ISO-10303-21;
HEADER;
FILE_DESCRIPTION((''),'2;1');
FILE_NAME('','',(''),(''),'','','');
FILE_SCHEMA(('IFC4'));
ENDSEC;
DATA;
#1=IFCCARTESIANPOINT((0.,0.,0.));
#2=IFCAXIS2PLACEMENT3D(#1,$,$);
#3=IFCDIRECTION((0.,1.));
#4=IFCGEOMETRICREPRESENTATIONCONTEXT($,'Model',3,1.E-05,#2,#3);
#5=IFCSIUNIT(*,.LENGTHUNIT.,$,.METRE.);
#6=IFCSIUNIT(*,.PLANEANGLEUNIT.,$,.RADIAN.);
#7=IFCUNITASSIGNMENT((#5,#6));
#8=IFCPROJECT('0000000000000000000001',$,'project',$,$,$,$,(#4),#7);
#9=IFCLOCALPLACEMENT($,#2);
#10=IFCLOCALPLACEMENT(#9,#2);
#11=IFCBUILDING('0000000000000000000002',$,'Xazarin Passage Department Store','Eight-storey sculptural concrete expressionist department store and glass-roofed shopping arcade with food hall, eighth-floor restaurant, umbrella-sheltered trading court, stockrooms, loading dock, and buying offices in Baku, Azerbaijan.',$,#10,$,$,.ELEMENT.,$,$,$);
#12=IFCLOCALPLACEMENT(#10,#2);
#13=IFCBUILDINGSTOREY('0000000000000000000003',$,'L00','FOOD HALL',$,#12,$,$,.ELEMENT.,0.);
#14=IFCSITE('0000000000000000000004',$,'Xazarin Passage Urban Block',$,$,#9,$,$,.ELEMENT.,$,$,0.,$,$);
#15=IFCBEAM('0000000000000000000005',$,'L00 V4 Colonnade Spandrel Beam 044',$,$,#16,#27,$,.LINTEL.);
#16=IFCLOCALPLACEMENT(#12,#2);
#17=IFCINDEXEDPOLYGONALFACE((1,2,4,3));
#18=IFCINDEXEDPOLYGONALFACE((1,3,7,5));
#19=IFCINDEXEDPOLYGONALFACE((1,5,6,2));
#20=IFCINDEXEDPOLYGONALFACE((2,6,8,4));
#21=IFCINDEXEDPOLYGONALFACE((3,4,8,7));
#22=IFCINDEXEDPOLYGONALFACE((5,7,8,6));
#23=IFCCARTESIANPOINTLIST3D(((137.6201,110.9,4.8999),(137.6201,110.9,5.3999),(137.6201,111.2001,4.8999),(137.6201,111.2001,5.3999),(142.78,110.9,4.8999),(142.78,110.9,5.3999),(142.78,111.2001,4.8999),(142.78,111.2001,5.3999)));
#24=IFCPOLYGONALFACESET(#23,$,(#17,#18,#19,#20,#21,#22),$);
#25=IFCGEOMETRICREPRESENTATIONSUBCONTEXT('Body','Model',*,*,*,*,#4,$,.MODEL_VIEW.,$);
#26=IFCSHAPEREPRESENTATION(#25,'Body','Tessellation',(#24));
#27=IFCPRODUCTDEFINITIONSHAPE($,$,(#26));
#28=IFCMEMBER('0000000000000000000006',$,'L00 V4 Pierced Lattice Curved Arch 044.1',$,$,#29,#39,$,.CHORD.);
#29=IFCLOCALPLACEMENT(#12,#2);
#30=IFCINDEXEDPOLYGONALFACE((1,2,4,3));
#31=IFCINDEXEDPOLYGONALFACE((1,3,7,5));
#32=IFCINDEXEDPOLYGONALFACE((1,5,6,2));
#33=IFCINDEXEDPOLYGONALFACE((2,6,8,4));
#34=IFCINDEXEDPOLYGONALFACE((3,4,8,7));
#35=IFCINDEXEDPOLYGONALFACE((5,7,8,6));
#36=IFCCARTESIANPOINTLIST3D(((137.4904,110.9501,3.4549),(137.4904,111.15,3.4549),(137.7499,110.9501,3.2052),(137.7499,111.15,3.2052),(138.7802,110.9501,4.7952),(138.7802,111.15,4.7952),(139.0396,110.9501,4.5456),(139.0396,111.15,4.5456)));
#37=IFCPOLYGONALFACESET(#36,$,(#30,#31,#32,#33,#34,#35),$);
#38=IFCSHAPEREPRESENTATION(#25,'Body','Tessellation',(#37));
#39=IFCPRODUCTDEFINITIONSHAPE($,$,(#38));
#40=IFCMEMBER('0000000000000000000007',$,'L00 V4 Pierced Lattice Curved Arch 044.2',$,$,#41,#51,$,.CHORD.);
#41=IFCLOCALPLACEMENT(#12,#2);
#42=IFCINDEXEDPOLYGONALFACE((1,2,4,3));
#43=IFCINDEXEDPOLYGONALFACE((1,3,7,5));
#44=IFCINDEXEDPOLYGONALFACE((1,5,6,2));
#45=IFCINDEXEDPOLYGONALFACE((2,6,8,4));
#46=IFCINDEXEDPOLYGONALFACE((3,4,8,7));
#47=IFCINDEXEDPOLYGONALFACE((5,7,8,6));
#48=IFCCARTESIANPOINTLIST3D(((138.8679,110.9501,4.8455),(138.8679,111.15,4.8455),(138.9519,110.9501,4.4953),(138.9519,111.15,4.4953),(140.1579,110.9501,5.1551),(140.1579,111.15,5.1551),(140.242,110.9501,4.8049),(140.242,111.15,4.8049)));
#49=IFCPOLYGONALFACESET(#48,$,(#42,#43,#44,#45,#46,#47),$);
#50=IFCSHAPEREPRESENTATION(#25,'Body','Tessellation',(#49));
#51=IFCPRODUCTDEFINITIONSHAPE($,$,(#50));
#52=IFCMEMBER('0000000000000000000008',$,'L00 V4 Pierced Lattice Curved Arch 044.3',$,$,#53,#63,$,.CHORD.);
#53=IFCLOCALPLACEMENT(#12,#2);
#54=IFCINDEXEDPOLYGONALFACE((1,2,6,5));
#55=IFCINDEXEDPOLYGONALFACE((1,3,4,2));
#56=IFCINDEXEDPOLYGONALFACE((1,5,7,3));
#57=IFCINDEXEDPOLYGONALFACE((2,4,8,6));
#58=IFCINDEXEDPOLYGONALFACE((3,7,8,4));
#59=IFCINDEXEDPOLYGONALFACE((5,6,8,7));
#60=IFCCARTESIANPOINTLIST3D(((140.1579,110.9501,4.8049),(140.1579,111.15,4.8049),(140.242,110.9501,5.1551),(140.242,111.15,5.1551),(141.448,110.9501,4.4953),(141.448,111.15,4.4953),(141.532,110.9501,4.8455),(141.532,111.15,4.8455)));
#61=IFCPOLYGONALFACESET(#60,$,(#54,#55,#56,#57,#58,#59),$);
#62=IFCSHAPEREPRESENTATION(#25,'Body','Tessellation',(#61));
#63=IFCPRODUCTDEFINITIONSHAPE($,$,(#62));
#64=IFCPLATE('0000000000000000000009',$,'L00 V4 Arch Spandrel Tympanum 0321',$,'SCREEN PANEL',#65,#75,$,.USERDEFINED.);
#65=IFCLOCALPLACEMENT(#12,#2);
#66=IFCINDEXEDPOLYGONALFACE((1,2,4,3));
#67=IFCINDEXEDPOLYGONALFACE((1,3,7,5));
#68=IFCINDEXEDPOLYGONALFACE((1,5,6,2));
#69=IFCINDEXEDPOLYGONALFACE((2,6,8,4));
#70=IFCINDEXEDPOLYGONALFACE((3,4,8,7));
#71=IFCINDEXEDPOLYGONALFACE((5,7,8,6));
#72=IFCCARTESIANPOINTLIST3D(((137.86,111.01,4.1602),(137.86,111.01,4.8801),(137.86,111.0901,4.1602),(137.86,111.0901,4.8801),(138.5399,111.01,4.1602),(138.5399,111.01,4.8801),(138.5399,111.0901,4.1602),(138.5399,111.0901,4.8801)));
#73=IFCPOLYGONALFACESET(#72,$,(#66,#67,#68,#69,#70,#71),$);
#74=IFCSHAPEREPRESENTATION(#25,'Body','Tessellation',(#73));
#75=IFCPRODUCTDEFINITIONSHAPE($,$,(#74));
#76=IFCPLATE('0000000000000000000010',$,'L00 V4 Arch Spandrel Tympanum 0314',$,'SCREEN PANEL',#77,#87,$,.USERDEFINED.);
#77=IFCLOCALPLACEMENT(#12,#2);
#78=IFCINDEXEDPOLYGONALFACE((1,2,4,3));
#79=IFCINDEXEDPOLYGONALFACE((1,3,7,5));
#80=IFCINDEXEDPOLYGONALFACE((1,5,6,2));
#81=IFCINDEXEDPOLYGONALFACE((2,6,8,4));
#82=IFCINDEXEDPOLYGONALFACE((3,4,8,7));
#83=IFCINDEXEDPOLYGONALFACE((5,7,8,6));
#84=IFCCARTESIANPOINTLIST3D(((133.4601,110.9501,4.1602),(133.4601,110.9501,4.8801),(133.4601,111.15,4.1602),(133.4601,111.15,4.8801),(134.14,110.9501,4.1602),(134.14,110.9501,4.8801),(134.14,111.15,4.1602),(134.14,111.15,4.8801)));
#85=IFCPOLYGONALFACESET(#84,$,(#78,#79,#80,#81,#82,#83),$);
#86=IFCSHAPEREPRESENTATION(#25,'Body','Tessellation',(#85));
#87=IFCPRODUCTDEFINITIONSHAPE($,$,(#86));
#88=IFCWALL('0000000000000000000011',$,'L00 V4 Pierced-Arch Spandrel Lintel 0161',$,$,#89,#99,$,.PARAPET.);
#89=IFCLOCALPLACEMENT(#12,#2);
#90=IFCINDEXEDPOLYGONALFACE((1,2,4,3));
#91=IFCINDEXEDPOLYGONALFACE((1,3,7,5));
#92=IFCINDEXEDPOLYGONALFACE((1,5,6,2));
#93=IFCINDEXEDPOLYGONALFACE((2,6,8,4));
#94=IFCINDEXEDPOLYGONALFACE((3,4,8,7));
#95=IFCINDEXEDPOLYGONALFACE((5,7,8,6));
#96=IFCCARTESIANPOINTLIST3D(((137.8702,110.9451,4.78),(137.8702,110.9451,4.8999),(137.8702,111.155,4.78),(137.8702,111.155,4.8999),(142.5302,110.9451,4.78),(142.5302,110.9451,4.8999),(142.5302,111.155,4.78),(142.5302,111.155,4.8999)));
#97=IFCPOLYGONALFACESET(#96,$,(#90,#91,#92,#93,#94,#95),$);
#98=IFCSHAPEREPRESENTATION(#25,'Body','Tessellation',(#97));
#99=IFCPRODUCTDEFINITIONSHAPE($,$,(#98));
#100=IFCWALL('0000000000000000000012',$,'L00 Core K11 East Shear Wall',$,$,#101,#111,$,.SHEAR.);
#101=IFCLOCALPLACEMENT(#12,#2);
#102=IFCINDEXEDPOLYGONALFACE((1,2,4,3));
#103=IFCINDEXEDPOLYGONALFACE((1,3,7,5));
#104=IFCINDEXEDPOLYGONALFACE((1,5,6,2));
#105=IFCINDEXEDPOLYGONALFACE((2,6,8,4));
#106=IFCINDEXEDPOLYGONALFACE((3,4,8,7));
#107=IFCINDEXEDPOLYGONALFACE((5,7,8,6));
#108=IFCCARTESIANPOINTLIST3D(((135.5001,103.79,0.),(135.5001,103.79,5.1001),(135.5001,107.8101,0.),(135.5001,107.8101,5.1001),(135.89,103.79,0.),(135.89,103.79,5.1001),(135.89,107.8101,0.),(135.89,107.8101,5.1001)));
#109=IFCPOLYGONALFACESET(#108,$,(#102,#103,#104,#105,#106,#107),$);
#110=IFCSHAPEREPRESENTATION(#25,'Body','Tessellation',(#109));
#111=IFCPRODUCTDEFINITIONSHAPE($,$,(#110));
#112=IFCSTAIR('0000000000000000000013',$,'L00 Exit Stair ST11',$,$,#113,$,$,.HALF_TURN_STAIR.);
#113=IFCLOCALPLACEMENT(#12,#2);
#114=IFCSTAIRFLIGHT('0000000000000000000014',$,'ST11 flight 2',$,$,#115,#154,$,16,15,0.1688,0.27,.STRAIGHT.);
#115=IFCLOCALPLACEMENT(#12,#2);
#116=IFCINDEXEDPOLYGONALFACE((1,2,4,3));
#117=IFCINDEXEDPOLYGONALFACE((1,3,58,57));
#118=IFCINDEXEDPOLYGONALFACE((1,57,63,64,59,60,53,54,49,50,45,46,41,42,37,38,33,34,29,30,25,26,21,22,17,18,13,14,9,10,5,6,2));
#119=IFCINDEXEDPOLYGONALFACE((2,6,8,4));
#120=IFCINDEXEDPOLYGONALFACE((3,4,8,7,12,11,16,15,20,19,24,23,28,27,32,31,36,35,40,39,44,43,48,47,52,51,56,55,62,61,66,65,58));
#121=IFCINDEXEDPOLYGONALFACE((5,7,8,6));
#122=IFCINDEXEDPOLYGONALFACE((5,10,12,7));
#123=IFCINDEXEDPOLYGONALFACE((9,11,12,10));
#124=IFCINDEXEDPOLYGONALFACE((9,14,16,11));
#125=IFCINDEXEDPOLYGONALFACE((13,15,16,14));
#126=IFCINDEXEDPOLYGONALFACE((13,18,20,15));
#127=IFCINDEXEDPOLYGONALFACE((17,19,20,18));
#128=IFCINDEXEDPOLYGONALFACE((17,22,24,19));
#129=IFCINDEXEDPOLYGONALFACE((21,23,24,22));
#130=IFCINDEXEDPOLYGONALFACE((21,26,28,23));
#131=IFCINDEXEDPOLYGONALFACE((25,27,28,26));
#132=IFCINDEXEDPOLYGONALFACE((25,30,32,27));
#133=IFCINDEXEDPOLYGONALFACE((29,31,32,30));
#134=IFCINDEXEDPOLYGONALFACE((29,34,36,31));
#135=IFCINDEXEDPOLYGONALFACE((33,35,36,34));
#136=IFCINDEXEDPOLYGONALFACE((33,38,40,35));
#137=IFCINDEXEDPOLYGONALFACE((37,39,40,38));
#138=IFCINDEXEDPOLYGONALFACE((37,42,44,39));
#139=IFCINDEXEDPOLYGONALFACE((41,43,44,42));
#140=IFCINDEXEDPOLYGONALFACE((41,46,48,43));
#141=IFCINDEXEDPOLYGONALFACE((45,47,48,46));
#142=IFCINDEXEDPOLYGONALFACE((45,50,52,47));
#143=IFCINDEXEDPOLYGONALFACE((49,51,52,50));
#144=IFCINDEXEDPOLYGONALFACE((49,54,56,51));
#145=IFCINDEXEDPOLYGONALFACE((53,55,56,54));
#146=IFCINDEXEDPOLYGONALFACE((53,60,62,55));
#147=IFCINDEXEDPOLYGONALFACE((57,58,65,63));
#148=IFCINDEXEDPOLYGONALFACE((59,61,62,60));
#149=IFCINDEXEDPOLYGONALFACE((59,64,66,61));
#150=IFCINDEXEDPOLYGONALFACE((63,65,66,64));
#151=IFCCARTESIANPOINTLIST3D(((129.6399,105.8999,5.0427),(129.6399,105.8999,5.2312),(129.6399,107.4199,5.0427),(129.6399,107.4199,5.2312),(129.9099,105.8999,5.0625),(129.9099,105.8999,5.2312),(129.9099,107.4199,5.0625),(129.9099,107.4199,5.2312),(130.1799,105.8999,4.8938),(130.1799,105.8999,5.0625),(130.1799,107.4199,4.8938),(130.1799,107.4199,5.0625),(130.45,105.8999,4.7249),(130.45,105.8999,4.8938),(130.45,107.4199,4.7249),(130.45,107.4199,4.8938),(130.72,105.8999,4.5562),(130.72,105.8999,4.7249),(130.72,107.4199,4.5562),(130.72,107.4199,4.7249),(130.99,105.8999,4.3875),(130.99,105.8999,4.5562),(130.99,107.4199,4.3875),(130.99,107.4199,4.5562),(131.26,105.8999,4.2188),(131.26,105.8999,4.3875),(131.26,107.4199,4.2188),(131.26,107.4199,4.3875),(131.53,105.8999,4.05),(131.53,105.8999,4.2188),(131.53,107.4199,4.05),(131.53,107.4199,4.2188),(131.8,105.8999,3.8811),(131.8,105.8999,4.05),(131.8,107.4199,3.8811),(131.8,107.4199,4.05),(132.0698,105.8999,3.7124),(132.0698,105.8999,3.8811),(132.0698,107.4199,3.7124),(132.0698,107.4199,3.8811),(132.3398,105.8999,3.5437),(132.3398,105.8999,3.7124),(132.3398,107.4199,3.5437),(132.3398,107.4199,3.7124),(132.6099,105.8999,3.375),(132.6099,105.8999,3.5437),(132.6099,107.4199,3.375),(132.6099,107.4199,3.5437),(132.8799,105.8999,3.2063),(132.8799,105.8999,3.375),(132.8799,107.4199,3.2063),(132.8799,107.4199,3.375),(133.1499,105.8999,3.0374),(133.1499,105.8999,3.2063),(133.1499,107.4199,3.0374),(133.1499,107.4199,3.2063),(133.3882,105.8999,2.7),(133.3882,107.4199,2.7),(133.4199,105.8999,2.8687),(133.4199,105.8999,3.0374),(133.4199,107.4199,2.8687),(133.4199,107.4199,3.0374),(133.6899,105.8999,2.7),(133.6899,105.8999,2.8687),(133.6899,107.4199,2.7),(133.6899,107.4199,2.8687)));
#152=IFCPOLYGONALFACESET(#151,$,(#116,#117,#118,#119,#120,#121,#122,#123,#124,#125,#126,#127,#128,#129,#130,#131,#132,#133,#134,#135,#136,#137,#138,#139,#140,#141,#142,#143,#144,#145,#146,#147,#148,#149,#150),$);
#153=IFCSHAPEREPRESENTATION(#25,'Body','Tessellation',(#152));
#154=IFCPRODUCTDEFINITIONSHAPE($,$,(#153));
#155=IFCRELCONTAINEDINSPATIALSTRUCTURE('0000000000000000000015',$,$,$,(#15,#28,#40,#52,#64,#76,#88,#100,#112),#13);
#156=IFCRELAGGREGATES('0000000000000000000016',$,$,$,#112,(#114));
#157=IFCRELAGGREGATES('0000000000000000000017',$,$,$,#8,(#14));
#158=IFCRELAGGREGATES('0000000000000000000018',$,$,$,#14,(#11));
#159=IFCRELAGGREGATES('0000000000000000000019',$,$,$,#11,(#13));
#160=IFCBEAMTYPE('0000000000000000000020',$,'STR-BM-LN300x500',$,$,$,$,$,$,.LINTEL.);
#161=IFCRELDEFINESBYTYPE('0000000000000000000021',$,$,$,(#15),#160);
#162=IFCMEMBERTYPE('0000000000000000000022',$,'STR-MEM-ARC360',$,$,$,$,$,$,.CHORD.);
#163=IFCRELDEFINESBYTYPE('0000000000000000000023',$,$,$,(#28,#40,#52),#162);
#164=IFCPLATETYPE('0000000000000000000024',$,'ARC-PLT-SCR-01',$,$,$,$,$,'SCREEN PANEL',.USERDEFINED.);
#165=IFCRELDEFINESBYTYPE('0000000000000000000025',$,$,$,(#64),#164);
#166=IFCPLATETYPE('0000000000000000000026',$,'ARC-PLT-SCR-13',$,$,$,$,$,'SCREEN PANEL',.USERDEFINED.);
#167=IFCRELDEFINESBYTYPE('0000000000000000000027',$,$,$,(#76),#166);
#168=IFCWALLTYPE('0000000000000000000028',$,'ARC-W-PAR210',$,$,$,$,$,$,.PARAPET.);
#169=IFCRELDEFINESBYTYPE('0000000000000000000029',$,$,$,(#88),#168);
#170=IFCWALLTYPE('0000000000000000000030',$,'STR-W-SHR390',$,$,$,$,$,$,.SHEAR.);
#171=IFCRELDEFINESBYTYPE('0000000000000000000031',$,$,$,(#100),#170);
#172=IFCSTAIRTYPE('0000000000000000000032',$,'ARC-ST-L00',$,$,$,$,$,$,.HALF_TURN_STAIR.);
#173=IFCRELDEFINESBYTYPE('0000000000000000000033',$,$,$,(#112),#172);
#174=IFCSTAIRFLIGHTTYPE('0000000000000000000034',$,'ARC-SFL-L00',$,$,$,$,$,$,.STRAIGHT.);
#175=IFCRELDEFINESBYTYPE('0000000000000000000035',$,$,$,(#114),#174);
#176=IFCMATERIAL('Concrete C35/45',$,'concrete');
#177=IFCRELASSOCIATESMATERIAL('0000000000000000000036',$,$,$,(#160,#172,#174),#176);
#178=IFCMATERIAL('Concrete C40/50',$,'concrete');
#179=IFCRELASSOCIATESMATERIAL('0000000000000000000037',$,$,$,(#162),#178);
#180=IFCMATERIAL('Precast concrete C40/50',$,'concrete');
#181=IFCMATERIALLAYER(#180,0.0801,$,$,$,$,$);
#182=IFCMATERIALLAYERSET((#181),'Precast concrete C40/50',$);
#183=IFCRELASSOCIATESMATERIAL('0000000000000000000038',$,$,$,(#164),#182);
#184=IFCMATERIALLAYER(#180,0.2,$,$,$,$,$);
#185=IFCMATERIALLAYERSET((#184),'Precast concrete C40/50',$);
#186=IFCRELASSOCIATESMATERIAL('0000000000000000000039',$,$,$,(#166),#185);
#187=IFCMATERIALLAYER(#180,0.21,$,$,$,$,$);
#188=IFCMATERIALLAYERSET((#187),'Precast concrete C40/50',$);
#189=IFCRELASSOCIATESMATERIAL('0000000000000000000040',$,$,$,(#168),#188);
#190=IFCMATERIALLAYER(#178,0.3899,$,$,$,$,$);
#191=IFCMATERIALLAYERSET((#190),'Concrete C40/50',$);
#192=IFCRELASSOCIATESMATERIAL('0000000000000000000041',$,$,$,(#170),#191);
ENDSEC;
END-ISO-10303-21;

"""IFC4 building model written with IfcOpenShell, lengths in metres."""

from ifc_helpers import new_model, si_unit, direction, frame, frame_2d, origin, origin_2d, place, context, subcontext, project, spatial, polyline, rectangle, outline, extrude, material, layer, layer_set, material_profile, profile_set, type_object, element, aggregate, save


model = new_model("IFC4")

# Units and contexts
model_context = context("Model", 3, precision=1e-05, world=origin(), true_north=direction((0.0, 1.0)))
body_context = subcontext(model_context, "Body", "Model", "MODEL_VIEW")
ifc_project = project(units=[si_unit("LENGTHUNIT", "METRE"), si_unit("PLANEANGLEUNIT", "RADIAN")], contexts=[model_context])

# Site, building, storey
site_placement = place(None, origin())
site = spatial("IfcSite", under=ifc_project, at=site_placement, Name="Xazarin Passage Urban Block", CompositionType="ELEMENT", RefElevation=0.0)
building_placement = place(site_placement, origin())
building = spatial("IfcBuilding", under=site, at=building_placement, Name="Xazarin Passage Department Store", Description="Eight-storey sculptural concrete expressionist department store and glass-roofed shopping arcade with food hall, eighth-floor restaurant, umbrella-sheltered trading court, stockrooms, loading dock, and buying offices in Baku, Azerbaijan.", CompositionType="ELEMENT")
storey_placement = place(building_placement, origin())
storey = spatial("IfcBuildingStorey", under=building, at=storey_placement, Name="L00", Description="FOOD HALL", CompositionType="ELEMENT", Elevation=0.0)

# Shared definitions
ifc_material_1 = material(Name="Concrete C35/45", Category="concrete")

# Shared definitions
ifc_material_2 = material(Name="Concrete C40/50", Category="concrete")

# Beam
ifc_material_profile_1 = material_profile(ifc_material_1, rectangle(XDim=0.3, YDim=0.5, at=origin_2d()), Name="RC 300x500")
ifc_profile_set_1 = profile_set([ifc_material_profile_1], Name="Concrete C35/45")
beam_type = type_object("IfcBeamType", Name="STR-BM-LN300x500", PredefinedType="LINTEL", material=ifc_profile_set_1)
beam_placement = place(storey_placement, frame((137.6201, 111.05, 5.1499), z_axis=(1.0, 0.0, 0.0), x_axis=(0.0, 1.0, 0.0)))
element("IfcBeam", 1, at=beam_placement, inside=storey, type_object=beam_type, Name="L00 V4 Colonnade Spandrel Beam 044", PredefinedType="LINTEL", context=body_context, shape_type="SweptSolid", body=[
    extrude(rectangle(XDim=0.3, YDim=0.5, at=origin_2d()), origin(), (0.0, 0.0, 1.0), 5.1599),
])

# Members
ifc_material_profile_2 = material_profile(ifc_material_2, rectangle(XDim=0.2, YDim=0.3601, at=origin_2d()), Name="RC 200x360")
ifc_profile_set_2 = profile_set([ifc_material_profile_2], Name="Concrete C40/50")
member_type = type_object("IfcMemberType", Name="STR-MEM-ARC360", PredefinedType="CHORD", material=ifc_profile_set_2)
member_placement = place(storey_placement, frame((137.6201, 111.05, 3.3301), z_axis=(0.693392, 0.0, 0.720561), x_axis=(0.0, 1.0, 0.0)))
element("IfcMember", 2, at=member_placement, inside=storey, type_object=member_type, Name="L00 V4 Pierced Lattice Curved Arch 044.1", PredefinedType="CHORD", context=body_context, shape_type="SweptSolid", body=[
    extrude(rectangle(XDim=0.2, YDim=0.3601, at=origin_2d()), origin(), (0.0, 0.0, 1.0), 1.8601),
])
for number, where, z_axis, x_axis, name in (
    (3, (138.9099, 111.05, 4.6704), (0.972394, 0.0, 0.233345), (0.0, 1.0, 0.0), "L00 V4 Pierced Lattice Curved Arch 044.2"),
    (4, (140.2, 111.05, 4.98), (0.972394, 0.0, -0.233345), (0.0, 1.0, 0.0), "L00 V4 Pierced Lattice Curved Arch 044.3"),
):
    element("IfcMember", number, at=place(storey_placement, frame(where, z_axis=z_axis, x_axis=x_axis)), inside=storey, type_object=member_type, Name=name, PredefinedType="CHORD", context=body_context, shape_type="SweptSolid", body=[
        extrude(rectangle(XDim=0.2, YDim=0.3601, at=origin_2d()), origin(), (0.0, 0.0, 1.0), 1.3267),
    ])

# Plates
ifc_material_3 = material(Name="Precast concrete C40/50", Category="concrete")
ifc_layer_1 = layer(ifc_material_3, 0.0801)
ifc_layer_set_1 = layer_set([ifc_layer_1], Name="Precast concrete C40/50")
plate_type_1 = type_object("IfcPlateType", Name="ARC-PLT-SCR-01", ElementType="SCREEN PANEL", PredefinedType="USERDEFINED", material=ifc_layer_set_1)
plate_1_placement = place(storey_placement, frame((138.2, 111.05, 4.1602), z_axis=(0.0, 0.0, 1.0), x_axis=(1.0, 0.0, 0.0)))
element("IfcPlate", 5, at=plate_1_placement, inside=storey, type_object=plate_type_1, Name="L00 V4 Arch Spandrel Tympanum 0321", ObjectType="SCREEN PANEL", PredefinedType="USERDEFINED", context=body_context, shape_type="SweptSolid", body=[
    extrude(rectangle(XDim=0.6799, YDim=0.0801, at=origin_2d()), origin(), (0.0, 0.0, 1.0), 0.72),
])
ifc_layer_2 = layer(ifc_material_3, 0.2)
ifc_layer_set_2 = layer_set([ifc_layer_2], Name="Precast concrete C40/50")
plate_type_2 = type_object("IfcPlateType", Name="ARC-PLT-SCR-13", ElementType="SCREEN PANEL", PredefinedType="USERDEFINED", material=ifc_layer_set_2)
plate_2_placement = place(storey_placement, frame((133.8, 111.05, 4.1602), z_axis=(0.0, 0.0, 1.0), x_axis=(1.0, 0.0, 0.0)))
element("IfcPlate", 6, at=plate_2_placement, inside=storey, type_object=plate_type_2, Name="L00 V4 Arch Spandrel Tympanum 0314", ObjectType="SCREEN PANEL", PredefinedType="USERDEFINED", context=body_context, shape_type="SweptSolid", body=[
    extrude(rectangle(XDim=0.6799, YDim=0.2, at=origin_2d()), origin(), (0.0, 0.0, 1.0), 0.72),
])

# Walls
ifc_layer_3 = layer(ifc_material_3, 0.21)
ifc_layer_set_3 = layer_set([ifc_layer_3], Name="Precast concrete C40/50")
wall_type_1 = type_object("IfcWallType", Name="ARC-W-PAR210", PredefinedType="PARAPET", material=ifc_layer_set_3)
wall_1_placement = place(storey_placement, frame((137.8701, 111.05, 4.78), z_axis=(0.0, 0.0, 1.0), x_axis=(1.0, 0.0, 0.0)))
element("IfcWall", 7, at=wall_1_placement, inside=storey, type_object=wall_type_1, Name="L00 V4 Pierced-Arch Spandrel Lintel 0161", PredefinedType="PARAPET", context=body_context, shape_type="SweptSolid", body=[
    extrude(rectangle(XDim=4.6599, YDim=0.21, at=frame_2d((2.3301, 0.0))), origin(), (0.0, 0.0, 1.0), 0.1199),
])
ifc_layer_4 = layer(ifc_material_2, 0.3899)
ifc_layer_set_4 = layer_set([ifc_layer_4], Name="Concrete C40/50")
wall_type_2 = type_object("IfcWallType", Name="STR-W-SHR390", PredefinedType="SHEAR", material=ifc_layer_set_4)
wall_2_placement = place(storey_placement, frame((135.6951, 103.79, 0.0), z_axis=(0.0, 0.0, 1.0), x_axis=(0.0, 1.0, 0.0)))
element("IfcWall", 8, at=wall_2_placement, inside=storey, type_object=wall_type_2, Name="L00 Core K11 East Shear Wall", PredefinedType="SHEAR", context=body_context, shape_type="SweptSolid", body=[
    extrude(rectangle(XDim=4.02, YDim=0.3899, at=frame_2d((2.01, 0.0))), origin(), (0.0, 0.0, 1.0), 5.1001),
])

# Stair, stair flight
stair_type = type_object("IfcStairType", Name="ARC-ST-L00", PredefinedType="HALF_TURN_STAIR", material=ifc_material_1)
stair_placement = place(storey_placement, origin())
stair = element("IfcStair", 9, at=stair_placement, inside=storey, type_object=stair_type, Name="L00 Exit Stair ST11", PredefinedType="HALF_TURN_STAIR")
stair_flight_type = type_object("IfcStairFlightType", Name="ARC-SFL-L00", PredefinedType="STRAIGHT", material=ifc_material_1)
stair_flight_placement = place(storey_placement, frame((133.6899, 106.6599, 2.7), z_axis=(0.0, 0.0, 1.0), x_axis=(-1.0, 0.0, 0.0)))
stair_flight = element("IfcStairFlight", 10, at=stair_flight_placement, type_object=stair_flight_type, Name="ST11 flight 2", NumberOfRisers=16, NumberOfTreads=15, PredefinedType="STRAIGHT", RiserHeight=0.1688, TreadLength=0.27, context=body_context, shape_type="SweptSolid", body=[
    extrude(outline(polyline([(0.0, 0.0), (0.0, 0.1687), (0.27, 0.1687), (0.27, 0.3374), (0.54, 0.3374), (0.54, 0.5063), (0.8101, 0.5063), (0.8101, 0.675), (1.0801, 0.675), (1.0801, 0.8438), (1.3501, 0.8438), (1.3501, 1.0125), (1.6201, 1.0125), (1.6201, 1.1812), (1.8899, 1.1812), (1.8899, 1.3501), (2.1599, 1.3501), (2.1599, 1.5188), (2.4299, 1.5188), (2.4299, 1.6875), (2.7, 1.6875), (2.7, 1.8562), (2.97, 1.8562), (2.97, 2.0249), (3.24, 2.0249), (3.24, 2.1938), (3.51, 2.1938), (3.51, 2.3625), (3.78, 2.3625), (3.78, 2.5312), (4.05, 2.5312), (4.05, 2.7), (4.05, 2.3428), (0.3018, 0.0), (0.0, 0.0)])), frame((0.0, 0.76, 0.0), z_axis=(0.0, -1.0, 0.0), x_axis=(1.0, 0.0, 0.0)), (0.0, 0.0, 1.0), 1.52),
])
aggregate(stair, [stair_flight])

save(model, "model.ifc")
